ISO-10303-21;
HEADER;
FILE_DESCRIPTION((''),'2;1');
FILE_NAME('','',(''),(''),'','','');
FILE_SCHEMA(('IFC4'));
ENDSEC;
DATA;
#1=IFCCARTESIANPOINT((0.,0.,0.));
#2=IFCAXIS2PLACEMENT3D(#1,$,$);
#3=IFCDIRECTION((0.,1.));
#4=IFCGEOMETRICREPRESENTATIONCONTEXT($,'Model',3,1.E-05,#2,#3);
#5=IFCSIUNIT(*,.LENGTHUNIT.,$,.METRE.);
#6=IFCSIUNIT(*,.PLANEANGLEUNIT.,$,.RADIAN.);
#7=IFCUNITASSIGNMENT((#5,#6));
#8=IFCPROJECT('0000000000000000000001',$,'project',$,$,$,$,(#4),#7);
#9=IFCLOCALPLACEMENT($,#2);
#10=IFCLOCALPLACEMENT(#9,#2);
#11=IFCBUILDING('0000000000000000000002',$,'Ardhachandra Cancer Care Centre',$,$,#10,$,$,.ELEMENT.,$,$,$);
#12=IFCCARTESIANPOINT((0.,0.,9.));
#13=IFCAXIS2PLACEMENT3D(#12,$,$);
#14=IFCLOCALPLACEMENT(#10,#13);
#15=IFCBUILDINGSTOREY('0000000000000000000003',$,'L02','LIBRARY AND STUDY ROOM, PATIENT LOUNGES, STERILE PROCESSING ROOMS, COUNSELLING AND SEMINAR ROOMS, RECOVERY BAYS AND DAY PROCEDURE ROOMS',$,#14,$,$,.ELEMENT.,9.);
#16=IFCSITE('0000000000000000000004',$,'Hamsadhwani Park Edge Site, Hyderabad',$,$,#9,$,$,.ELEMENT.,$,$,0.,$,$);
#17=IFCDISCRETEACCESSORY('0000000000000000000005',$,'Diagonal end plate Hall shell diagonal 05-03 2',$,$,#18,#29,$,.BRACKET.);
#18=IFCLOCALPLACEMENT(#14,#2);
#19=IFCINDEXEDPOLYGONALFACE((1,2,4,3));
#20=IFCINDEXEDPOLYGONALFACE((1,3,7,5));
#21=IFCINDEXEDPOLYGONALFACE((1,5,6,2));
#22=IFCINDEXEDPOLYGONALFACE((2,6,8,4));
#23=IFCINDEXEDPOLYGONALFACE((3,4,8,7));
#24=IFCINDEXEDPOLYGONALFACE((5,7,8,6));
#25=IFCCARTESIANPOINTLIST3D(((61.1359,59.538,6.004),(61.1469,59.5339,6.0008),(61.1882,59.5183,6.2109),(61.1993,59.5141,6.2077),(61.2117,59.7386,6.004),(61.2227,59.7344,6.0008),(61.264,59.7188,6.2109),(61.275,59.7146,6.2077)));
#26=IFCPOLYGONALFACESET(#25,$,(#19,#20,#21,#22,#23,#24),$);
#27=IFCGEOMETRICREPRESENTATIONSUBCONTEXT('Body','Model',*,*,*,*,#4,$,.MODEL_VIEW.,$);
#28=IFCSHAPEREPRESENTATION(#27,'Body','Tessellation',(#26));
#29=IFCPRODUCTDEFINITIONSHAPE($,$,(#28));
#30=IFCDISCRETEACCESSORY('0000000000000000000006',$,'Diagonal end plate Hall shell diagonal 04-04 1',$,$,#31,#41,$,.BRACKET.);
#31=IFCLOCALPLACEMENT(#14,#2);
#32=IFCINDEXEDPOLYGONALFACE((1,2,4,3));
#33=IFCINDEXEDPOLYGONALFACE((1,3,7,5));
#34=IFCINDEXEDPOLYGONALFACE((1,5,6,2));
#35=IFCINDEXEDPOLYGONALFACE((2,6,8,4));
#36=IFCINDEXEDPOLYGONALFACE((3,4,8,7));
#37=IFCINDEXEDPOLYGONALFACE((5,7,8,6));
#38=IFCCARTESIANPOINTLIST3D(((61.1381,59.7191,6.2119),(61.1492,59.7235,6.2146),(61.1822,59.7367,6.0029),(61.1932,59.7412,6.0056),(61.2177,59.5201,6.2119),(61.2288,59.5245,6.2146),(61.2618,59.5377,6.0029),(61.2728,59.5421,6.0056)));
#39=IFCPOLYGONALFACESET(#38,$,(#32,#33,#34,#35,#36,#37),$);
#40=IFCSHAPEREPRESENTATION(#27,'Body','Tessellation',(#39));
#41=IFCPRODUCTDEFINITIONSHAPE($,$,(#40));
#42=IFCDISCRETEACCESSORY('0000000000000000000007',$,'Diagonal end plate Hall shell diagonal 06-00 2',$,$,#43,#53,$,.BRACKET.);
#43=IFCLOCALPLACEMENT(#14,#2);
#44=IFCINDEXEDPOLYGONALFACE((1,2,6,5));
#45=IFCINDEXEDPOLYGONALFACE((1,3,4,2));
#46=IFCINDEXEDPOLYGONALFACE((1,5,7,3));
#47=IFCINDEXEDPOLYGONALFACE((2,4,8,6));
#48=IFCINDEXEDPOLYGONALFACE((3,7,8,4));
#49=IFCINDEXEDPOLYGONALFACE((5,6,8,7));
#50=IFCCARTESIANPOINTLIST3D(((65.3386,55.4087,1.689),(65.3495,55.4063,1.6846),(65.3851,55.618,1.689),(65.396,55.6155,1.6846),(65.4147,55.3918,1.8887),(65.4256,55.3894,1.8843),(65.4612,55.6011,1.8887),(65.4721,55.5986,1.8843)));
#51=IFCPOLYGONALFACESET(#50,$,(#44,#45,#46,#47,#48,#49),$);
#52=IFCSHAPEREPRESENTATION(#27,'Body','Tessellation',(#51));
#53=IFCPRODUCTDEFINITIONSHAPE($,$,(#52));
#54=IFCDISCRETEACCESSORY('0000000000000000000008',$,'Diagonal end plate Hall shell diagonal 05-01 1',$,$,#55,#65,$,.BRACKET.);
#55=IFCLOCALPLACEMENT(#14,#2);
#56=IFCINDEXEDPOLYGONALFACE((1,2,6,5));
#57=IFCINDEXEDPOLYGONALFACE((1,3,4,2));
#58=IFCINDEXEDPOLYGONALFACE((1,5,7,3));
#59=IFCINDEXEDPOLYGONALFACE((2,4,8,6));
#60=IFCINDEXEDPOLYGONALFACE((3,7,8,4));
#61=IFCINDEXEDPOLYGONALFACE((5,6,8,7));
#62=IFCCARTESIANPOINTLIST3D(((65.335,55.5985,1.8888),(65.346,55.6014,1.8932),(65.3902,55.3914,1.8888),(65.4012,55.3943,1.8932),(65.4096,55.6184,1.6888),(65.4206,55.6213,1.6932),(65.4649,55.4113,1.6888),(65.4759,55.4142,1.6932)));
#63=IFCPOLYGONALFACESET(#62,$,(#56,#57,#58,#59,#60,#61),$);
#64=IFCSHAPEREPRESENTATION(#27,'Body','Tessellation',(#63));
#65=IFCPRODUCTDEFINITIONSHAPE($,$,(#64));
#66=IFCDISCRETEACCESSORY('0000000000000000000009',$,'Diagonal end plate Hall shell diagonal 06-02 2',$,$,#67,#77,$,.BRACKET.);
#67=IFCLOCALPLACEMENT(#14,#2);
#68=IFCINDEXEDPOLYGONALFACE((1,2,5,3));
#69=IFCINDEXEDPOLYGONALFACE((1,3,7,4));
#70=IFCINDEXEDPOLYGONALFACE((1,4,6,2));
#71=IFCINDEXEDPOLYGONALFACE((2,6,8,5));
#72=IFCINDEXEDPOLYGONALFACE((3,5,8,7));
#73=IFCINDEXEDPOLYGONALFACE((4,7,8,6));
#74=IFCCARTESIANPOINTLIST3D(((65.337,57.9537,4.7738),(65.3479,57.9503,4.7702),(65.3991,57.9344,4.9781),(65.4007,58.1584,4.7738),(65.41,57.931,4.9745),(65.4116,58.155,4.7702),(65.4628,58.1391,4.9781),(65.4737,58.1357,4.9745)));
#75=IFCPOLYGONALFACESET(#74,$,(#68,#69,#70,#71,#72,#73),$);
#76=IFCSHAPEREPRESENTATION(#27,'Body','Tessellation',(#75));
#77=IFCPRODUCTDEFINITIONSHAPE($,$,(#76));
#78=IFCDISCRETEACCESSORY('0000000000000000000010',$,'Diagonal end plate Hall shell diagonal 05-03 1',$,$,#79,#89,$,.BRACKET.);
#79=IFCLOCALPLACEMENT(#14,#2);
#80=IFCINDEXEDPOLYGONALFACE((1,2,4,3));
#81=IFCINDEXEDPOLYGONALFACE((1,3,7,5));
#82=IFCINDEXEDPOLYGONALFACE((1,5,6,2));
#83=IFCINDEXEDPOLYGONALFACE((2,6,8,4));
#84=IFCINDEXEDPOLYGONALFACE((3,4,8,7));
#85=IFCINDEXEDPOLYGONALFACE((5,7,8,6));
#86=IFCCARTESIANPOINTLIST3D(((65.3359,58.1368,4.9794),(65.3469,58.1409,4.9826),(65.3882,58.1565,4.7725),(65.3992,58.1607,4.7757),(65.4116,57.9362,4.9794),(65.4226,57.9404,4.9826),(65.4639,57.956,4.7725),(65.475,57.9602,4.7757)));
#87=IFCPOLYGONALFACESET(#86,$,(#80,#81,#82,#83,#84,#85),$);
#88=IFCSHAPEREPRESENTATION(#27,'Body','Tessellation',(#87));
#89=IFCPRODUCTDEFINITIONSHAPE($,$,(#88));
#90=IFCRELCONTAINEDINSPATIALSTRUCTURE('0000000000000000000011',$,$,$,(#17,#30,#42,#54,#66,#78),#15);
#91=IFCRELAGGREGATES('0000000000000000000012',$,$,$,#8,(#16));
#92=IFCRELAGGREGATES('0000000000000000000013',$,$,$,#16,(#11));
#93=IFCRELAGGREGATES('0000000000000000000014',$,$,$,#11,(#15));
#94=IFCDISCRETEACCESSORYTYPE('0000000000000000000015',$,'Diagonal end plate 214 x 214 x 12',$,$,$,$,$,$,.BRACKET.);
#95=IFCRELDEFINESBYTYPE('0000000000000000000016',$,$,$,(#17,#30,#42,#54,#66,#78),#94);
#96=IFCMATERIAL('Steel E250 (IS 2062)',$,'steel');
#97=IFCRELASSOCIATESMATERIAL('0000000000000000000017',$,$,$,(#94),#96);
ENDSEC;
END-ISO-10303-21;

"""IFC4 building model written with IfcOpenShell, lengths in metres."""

from ifc_helpers import new_model, si_unit, direction, frame, origin, origin_2d, place, context, subcontext, project, spatial, rectangle, extrude, material, material_profile, profile_set, type_object, element, save


model = new_model("IFC4")

# Units and contexts
model_context = context("Model", 3, precision=1e-05, world=origin(), true_north=direction((0.0, 1.0)))
body_context = subcontext(model_context, "Body", "Model", "MODEL_VIEW")
ifc_project = project(units=[si_unit("LENGTHUNIT", "METRE"), si_unit("PLANEANGLEUNIT", "RADIAN")], contexts=[model_context])

# Site, building, storey
site_placement = place(None, origin())
site = spatial("IfcSite", under=ifc_project, at=site_placement, Name="Hamsadhwani Park Edge Site, Hyderabad", CompositionType="ELEMENT", RefElevation=0.0)
building_placement = place(site_placement, origin())
building = spatial("IfcBuilding", under=site, at=building_placement, Name="Ardhachandra Cancer Care Centre", CompositionType="ELEMENT")
storey_placement = place(building_placement, frame((0.0, 0.0, 9.0)))
storey = spatial("IfcBuildingStorey", under=building, at=storey_placement, Name="L02", Description="LIBRARY AND STUDY ROOM, PATIENT LOUNGES, STERILE PROCESSING ROOMS, COUNSELLING AND SEMINAR ROOMS, RECOVERY BAYS AND DAY PROCEDURE ROOMS", CompositionType="ELEMENT", Elevation=9.0)

# Discrete accessories
ifc_material_1 = material(Name="Steel E250 (IS 2062)", Category="steel")
ifc_material_profile_1 = material_profile(ifc_material_1, rectangle(XDim=0.2144, YDim=0.2144, at=origin_2d()), Name="PL 214x214x12")
ifc_profile_set_1 = profile_set([ifc_material_profile_1], Name="Steel E250 (IS 2062)")
discrete_accessory_type = type_object("IfcDiscreteAccessoryType", Name="Diagonal end plate 214 x 214 x 12", PredefinedType="BRACKET", material=ifc_profile_set_1)
for number, where, z_axis, x_axis, name in (
    (1, (61.2, 59.6284, 6.1074), (0.903076, -0.341162, -0.260889), (0.353401, 0.935472, 0.0), "Diagonal end plate Hall shell diagonal 05-03 2"),
    (2, (61.2, 59.6284, 6.1074), (0.905449, 0.36218, 0.221332), (-0.371391, 0.928477, 0.0), "Diagonal end plate Hall shell diagonal 04-04 1"),
):
    element("IfcDiscreteAccessory", number, at=place(storey_placement, frame(where, z_axis=z_axis, x_axis=x_axis)), inside=storey, type_object=discrete_accessory_type, Name=name, PredefinedType="BRACKET", context=body_context, shape_type="SweptSolid", body=[
        extrude(rectangle(XDim=0.2144, YDim=0.2144, at=origin_2d()), origin(), (0.0, 0.0, 1.0), 0.0122),
    ])
discrete_accessory_1_placement = place(storey_placement, frame((65.3999, 55.5049, 1.7888), z_axis=(0.909323, -0.202072, -0.363729), x_axis=(0.21693, 0.976187, 0.0)))
element("IfcDiscreteAccessory", 3, at=discrete_accessory_1_placement, inside=storey, type_object=discrete_accessory_type, Name="Diagonal end plate Hall shell diagonal 06-00 2", PredefinedType="BRACKET", context=body_context, shape_type="SweptSolid", body=[
    extrude(rectangle(XDim=0.2144, YDim=0.2144, at=origin_2d()), origin(), (0.0, 0.0, 1.0), 0.012),
])
discrete_accessory_2_placement = place(storey_placement, frame((65.3999, 55.5049, 1.7888), z_axis=(0.901263, 0.240337, 0.360505), x_axis=(-0.257663, 0.966235, 0.0)))
element("IfcDiscreteAccessory", 4, at=discrete_accessory_2_placement, inside=storey, type_object=discrete_accessory_type, Name="Diagonal end plate Hall shell diagonal 05-01 1", PredefinedType="BRACKET", context=body_context, shape_type="SweptSolid", body=[
    extrude(rectangle(XDim=0.2144, YDim=0.2144, at=origin_2d()), origin(), (0.0, 0.0, 1.0), 0.0122),
])
discrete_accessory_3_placement = place(storey_placement, frame((65.3999, 58.0464, 4.876), z_axis=(0.90988, -0.283074, -0.303293), x_axis=(0.297067, 0.954857, 0.0)))
element("IfcDiscreteAccessory", 5, at=discrete_accessory_3_placement, inside=storey, type_object=discrete_accessory_type, Name="Diagonal end plate Hall shell diagonal 06-02 2", PredefinedType="BRACKET", context=body_context, shape_type="SweptSolid", body=[
    extrude(rectangle(XDim=0.2144, YDim=0.2144, at=origin_2d()), origin(), (0.0, 0.0, 1.0), 0.012),
])
discrete_accessory_4_placement = place(storey_placement, frame((65.3999, 58.0464, 4.876), z_axis=(0.903076, 0.341162, 0.260889), x_axis=(-0.353401, 0.935472, 0.0)))
element("IfcDiscreteAccessory", 6, at=discrete_accessory_4_placement, inside=storey, type_object=discrete_accessory_type, Name="Diagonal end plate Hall shell diagonal 05-03 1", PredefinedType="BRACKET", context=body_context, shape_type="SweptSolid", body=[
    extrude(rectangle(XDim=0.2144, YDim=0.2144, at=origin_2d()), origin(), (0.0, 0.0, 1.0), 0.0122),
])

save(model, "model.ifc")
